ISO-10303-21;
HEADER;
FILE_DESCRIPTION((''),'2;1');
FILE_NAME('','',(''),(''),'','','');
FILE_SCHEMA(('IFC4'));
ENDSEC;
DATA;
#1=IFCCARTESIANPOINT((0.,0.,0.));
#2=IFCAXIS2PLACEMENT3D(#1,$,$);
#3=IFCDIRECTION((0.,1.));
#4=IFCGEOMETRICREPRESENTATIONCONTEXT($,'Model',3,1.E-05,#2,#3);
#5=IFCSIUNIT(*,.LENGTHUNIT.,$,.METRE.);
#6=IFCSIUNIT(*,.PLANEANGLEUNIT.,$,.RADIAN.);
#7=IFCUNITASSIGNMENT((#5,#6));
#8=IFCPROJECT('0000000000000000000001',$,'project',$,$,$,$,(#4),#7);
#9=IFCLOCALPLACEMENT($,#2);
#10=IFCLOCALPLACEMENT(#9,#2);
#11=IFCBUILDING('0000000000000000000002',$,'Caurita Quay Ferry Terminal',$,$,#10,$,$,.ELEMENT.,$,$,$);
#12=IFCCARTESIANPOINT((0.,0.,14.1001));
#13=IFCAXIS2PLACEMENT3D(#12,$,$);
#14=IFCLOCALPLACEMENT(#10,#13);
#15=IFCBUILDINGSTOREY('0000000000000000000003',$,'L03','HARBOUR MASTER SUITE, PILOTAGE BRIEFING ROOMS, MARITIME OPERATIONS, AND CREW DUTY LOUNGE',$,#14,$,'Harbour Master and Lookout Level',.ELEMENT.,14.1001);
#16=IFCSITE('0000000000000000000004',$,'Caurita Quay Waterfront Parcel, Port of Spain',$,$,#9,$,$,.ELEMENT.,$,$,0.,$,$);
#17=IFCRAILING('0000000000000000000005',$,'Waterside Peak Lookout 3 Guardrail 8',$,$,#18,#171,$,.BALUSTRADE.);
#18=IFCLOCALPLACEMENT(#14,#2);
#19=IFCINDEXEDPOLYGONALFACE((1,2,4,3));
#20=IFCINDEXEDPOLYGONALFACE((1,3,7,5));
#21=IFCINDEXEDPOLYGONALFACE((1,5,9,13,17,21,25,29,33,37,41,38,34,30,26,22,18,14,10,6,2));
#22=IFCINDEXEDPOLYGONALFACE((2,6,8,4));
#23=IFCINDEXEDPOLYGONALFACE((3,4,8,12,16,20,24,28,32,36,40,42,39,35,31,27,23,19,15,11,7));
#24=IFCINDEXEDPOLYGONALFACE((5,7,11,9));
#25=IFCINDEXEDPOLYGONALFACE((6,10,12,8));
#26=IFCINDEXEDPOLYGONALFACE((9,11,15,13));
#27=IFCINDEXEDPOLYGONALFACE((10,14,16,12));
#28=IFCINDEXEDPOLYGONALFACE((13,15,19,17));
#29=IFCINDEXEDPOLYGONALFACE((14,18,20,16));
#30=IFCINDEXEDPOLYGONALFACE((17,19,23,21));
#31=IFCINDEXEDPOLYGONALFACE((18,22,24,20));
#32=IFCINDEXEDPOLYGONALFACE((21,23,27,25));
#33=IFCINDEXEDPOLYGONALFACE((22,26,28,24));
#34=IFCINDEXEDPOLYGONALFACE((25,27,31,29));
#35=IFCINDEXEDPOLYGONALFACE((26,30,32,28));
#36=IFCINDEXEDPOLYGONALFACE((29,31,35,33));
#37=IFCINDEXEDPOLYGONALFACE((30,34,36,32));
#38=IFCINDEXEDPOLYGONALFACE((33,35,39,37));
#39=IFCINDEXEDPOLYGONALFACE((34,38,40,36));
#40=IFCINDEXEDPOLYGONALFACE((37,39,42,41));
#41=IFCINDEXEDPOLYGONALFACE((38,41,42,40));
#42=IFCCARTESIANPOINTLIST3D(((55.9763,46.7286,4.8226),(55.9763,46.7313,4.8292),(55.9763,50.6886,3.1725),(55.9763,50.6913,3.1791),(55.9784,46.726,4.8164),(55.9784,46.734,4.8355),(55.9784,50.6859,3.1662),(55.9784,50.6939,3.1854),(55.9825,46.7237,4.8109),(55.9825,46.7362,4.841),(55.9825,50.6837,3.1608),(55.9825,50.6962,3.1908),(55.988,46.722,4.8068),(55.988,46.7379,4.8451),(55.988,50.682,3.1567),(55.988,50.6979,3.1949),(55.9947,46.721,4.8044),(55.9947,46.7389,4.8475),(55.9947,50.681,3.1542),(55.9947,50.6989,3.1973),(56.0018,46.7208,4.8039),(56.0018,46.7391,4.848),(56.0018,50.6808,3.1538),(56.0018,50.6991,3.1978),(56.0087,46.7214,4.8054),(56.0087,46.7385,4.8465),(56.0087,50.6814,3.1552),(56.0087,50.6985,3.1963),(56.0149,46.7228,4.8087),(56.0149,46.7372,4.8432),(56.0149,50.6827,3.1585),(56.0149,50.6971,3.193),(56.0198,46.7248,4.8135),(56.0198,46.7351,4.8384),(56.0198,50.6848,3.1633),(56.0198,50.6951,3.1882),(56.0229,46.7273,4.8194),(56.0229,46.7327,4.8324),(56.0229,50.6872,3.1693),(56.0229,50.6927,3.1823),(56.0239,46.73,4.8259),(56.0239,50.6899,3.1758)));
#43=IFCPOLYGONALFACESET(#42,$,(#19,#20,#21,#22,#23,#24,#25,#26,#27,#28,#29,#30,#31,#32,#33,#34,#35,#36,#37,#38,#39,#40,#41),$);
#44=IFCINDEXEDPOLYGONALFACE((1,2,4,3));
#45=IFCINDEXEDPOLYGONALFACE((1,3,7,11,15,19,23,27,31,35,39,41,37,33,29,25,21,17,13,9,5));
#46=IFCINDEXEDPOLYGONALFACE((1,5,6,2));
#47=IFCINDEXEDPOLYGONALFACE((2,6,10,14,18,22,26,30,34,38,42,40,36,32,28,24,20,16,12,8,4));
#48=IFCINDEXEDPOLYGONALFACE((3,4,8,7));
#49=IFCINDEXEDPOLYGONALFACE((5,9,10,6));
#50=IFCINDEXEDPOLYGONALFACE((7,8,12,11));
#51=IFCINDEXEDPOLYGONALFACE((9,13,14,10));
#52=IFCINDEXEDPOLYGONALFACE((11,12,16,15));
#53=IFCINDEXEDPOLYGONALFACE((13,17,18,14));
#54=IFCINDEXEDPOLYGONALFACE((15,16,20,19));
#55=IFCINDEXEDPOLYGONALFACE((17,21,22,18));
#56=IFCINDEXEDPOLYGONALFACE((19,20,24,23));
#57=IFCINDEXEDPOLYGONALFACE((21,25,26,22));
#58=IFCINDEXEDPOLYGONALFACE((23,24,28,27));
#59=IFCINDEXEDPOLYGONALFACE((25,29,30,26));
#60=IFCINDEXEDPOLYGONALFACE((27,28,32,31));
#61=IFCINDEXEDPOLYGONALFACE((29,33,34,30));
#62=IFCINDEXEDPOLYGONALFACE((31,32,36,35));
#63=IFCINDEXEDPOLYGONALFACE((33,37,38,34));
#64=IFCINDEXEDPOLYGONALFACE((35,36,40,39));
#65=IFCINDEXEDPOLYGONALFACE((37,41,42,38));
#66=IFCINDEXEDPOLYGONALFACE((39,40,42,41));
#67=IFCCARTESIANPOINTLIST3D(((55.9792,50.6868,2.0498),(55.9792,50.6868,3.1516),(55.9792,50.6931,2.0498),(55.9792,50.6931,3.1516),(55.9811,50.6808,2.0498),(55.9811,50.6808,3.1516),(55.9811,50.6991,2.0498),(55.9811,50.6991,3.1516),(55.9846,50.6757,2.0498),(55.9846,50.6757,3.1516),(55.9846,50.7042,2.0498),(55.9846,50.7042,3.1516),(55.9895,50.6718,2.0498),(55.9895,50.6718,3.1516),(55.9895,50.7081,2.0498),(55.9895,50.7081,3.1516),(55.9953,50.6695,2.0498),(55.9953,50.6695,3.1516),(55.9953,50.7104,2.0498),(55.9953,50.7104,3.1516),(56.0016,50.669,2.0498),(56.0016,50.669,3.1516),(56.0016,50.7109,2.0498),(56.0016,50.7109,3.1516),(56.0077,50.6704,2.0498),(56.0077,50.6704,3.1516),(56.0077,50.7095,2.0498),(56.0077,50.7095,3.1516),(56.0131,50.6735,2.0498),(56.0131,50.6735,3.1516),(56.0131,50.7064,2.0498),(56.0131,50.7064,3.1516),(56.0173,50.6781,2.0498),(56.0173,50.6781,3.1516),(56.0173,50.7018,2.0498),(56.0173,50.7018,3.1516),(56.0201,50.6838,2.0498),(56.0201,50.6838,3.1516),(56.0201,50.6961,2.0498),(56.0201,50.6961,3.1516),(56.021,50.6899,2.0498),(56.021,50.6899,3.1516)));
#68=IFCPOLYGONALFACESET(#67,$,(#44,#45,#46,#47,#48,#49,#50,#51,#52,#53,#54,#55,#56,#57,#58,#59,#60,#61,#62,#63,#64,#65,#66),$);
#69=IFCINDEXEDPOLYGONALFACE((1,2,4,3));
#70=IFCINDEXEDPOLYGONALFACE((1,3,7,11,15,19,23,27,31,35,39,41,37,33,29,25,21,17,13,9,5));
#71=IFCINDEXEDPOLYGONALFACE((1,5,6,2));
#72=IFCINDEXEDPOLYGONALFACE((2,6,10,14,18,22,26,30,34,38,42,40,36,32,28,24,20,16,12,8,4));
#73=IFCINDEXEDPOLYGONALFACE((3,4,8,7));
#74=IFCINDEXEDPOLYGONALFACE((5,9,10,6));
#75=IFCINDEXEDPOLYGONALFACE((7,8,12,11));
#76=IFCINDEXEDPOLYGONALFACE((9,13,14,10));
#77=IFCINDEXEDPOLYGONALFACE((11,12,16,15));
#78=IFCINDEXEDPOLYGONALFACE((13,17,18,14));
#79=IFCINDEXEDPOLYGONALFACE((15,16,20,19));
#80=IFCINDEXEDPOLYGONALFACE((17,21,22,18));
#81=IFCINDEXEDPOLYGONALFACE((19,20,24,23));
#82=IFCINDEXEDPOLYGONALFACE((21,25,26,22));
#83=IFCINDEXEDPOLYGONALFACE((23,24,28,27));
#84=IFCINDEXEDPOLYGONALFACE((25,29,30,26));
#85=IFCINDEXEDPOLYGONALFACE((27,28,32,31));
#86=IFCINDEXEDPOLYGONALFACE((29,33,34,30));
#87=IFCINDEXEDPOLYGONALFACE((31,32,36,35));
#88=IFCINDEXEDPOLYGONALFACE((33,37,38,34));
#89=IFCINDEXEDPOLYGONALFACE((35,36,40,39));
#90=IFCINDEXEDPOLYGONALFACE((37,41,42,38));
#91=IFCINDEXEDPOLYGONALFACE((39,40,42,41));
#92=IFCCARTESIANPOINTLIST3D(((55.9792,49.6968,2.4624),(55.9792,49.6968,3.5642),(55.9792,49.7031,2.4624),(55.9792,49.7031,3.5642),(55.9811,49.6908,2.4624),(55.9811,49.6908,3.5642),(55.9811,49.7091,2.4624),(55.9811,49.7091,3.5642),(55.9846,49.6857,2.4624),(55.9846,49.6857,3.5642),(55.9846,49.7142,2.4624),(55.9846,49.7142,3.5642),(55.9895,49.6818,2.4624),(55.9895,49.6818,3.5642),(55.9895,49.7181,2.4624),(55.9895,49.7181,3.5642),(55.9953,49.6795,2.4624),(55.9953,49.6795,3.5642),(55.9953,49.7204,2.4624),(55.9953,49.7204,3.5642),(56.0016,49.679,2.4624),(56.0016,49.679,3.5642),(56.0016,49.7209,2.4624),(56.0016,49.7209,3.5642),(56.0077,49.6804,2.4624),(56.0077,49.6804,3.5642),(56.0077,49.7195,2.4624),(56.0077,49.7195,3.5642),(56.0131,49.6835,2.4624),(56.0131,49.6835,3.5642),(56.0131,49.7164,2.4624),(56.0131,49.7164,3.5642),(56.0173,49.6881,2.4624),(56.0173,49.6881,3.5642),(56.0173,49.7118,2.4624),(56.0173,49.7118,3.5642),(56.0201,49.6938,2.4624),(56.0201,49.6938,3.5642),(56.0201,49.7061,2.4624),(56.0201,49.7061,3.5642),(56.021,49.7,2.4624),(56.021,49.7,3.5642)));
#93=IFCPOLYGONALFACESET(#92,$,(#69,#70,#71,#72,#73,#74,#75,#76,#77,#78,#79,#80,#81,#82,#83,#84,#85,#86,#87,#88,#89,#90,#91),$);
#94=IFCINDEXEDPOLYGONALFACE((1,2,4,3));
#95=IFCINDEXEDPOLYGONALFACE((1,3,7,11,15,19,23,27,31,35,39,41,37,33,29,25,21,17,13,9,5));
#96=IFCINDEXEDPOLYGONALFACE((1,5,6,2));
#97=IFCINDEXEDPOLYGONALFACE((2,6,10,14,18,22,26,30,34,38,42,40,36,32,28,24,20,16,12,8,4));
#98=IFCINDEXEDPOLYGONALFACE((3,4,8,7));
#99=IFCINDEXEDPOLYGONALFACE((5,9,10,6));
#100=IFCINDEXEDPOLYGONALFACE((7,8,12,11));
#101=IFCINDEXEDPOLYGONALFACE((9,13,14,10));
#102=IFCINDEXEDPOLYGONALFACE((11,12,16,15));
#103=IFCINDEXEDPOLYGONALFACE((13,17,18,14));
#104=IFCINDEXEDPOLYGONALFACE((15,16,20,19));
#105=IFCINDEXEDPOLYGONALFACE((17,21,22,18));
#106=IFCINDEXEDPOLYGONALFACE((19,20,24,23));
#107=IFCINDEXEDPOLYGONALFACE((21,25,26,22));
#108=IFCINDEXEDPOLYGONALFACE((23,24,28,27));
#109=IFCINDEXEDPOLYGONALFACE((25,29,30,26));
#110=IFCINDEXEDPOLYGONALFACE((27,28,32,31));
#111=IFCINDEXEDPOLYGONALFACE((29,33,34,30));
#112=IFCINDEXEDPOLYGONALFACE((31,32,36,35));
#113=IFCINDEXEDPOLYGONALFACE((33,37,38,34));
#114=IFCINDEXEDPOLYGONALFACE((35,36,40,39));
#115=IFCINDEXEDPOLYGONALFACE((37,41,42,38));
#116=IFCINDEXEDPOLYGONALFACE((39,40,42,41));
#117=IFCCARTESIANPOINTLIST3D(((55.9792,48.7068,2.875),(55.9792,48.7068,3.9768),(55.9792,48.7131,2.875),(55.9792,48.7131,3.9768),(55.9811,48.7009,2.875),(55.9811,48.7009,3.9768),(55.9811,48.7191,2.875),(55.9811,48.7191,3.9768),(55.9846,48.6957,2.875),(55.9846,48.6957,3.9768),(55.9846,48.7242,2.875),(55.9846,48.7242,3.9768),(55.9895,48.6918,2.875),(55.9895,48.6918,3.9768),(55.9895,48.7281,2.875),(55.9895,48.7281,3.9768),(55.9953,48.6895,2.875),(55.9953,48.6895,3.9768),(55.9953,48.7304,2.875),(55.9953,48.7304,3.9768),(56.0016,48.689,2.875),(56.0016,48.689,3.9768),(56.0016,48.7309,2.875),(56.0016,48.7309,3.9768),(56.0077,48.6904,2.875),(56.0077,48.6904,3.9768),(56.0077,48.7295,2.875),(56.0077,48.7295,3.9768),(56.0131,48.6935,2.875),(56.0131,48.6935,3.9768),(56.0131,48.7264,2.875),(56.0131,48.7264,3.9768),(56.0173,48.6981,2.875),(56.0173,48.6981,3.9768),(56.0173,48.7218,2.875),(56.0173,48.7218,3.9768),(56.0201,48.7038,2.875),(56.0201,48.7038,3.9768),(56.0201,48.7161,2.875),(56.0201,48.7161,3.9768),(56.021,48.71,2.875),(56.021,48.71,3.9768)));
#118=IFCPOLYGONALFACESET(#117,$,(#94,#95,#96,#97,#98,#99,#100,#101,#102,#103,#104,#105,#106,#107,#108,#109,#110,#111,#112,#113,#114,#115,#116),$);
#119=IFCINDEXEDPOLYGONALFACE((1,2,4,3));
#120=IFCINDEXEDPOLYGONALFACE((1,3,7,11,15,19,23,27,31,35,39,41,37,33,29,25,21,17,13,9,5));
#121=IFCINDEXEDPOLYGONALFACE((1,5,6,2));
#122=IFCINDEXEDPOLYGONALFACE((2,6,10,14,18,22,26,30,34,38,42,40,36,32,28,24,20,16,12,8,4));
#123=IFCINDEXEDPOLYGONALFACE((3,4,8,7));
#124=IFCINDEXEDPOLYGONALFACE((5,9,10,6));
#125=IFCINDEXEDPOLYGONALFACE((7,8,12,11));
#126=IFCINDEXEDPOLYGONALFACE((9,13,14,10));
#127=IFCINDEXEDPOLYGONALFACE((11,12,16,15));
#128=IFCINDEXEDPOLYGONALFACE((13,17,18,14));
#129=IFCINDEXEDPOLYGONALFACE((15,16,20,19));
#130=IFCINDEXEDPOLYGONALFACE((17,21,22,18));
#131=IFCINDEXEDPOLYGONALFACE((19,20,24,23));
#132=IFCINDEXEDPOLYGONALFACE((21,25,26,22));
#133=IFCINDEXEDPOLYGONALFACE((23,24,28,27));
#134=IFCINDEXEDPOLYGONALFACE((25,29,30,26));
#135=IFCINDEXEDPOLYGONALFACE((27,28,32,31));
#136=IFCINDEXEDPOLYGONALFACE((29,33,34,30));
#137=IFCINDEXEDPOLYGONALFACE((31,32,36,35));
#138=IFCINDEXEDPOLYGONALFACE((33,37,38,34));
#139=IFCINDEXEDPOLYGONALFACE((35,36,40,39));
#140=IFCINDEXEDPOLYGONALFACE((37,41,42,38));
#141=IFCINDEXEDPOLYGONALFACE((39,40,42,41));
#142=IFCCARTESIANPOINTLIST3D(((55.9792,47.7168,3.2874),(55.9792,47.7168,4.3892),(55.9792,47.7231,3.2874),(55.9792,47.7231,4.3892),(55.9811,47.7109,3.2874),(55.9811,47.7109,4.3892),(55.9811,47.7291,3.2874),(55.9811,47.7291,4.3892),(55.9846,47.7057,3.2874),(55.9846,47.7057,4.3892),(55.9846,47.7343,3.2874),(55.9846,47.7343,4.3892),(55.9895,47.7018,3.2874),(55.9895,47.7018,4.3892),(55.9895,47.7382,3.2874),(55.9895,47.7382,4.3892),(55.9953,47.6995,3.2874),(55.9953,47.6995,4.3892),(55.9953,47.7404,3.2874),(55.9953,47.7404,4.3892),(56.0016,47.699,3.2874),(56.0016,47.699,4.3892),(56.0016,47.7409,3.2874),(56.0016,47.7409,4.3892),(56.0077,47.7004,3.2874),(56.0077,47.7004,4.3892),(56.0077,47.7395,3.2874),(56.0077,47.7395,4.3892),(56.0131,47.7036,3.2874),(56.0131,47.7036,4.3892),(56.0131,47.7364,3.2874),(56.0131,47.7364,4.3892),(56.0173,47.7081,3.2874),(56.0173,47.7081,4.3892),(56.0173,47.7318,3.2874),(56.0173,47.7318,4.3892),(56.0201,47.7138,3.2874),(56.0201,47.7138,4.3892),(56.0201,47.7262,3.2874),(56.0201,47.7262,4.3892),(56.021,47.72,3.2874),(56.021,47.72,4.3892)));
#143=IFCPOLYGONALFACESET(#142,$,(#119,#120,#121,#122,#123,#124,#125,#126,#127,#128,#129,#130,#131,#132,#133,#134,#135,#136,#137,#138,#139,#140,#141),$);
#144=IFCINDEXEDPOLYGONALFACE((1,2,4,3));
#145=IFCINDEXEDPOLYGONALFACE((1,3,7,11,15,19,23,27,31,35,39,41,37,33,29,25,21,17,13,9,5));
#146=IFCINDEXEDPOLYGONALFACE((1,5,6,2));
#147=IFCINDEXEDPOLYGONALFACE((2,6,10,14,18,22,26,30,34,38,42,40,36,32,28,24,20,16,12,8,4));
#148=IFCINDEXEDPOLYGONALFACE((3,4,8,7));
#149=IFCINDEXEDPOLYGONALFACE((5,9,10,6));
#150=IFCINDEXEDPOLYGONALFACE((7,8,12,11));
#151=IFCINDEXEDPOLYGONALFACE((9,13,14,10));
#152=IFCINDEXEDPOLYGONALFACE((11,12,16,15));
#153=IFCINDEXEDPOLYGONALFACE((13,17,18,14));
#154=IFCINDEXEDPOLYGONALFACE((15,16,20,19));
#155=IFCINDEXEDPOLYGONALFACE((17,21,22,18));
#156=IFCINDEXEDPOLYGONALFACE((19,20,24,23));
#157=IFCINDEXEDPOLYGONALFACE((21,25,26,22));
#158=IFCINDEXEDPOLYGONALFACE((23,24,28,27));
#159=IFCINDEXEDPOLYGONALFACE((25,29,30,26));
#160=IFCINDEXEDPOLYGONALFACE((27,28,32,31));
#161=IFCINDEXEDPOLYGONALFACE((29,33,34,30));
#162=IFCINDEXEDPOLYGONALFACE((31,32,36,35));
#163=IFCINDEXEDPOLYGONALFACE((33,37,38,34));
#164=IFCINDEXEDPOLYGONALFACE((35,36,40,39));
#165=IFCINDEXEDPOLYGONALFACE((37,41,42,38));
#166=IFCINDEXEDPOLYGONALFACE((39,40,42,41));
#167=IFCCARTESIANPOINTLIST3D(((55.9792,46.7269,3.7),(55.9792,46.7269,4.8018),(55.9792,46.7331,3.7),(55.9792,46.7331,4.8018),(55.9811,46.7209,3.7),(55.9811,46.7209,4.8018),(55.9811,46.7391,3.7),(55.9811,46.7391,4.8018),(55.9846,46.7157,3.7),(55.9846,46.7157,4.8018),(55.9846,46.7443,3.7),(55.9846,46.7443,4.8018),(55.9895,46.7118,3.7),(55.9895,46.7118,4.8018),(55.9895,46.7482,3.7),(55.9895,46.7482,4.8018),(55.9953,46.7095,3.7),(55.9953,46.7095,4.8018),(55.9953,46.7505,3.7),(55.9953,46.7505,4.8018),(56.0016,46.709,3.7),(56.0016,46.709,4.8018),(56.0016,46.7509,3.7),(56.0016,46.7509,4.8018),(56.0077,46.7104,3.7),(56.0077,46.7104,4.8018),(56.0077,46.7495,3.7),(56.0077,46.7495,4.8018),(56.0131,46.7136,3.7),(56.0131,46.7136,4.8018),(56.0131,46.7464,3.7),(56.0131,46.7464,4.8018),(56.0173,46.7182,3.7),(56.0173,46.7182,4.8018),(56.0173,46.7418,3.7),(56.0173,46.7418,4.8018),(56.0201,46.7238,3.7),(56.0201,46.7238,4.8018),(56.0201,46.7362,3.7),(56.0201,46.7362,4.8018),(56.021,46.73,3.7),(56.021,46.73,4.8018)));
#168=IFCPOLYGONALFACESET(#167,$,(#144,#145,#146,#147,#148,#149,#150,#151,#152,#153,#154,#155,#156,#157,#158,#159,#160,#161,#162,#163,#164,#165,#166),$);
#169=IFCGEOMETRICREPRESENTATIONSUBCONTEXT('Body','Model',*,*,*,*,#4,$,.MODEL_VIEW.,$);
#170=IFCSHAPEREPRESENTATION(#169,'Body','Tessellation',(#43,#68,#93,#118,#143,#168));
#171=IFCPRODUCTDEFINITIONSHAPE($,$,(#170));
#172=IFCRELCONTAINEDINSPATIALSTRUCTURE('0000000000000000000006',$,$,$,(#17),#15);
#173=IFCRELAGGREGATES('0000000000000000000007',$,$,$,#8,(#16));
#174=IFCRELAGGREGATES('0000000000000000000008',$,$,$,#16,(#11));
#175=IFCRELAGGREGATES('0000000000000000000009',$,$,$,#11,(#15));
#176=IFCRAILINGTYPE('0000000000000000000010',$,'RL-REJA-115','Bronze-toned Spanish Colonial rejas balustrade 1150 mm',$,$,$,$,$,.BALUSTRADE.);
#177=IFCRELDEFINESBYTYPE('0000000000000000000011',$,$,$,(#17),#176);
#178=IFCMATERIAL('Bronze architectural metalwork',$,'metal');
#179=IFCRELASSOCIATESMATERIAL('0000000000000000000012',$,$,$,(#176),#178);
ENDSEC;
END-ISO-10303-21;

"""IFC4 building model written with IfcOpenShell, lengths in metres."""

from ifc_helpers import new_model, si_unit, direction, frame, origin, origin_2d, place, context, subcontext, project, spatial, circle, extrude, material, type_object, element, save


model = new_model("IFC4")

# Units and contexts
model_context = context("Model", 3, precision=1e-05, world=origin(), true_north=direction((0.0, 1.0)))
body_context = subcontext(model_context, "Body", "Model", "MODEL_VIEW")
ifc_project = project(units=[si_unit("LENGTHUNIT", "METRE"), si_unit("PLANEANGLEUNIT", "RADIAN")], contexts=[model_context])

# Site, building, storey
site_placement = place(None, origin())
site = spatial("IfcSite", under=ifc_project, at=site_placement, Name="Caurita Quay Waterfront Parcel, Port of Spain", CompositionType="ELEMENT", RefElevation=0.0)
building_placement = place(site_placement, origin())
building = spatial("IfcBuilding", under=site, at=building_placement, Name="Caurita Quay Ferry Terminal", CompositionType="ELEMENT")
storey_placement = place(building_placement, frame((0.0, 0.0, 14.1001)))
storey = spatial("IfcBuildingStorey", under=building, at=storey_placement, Name="L03", Description="HARBOUR MASTER SUITE, PILOTAGE BRIEFING ROOMS, MARITIME OPERATIONS, AND CREW DUTY LOUNGE", LongName="Harbour Master and Lookout Level", CompositionType="ELEMENT", Elevation=14.1001)

# Railing
ifc_material_1 = material(Name="Bronze architectural metalwork", Category="metal")
railing_type_1 = type_object("IfcRailingType", Name="RL-REJA-115", Description="Bronze-toned Spanish Colonial rejas balustrade 1150 mm", PredefinedType="BALUSTRADE", material=ifc_material_1)
railing_1_placement = place(storey_placement, frame((56.0, 50.6899, 2.0498)))
element("IfcRailing", 1, at=railing_1_placement, inside=storey, type_object=railing_type_1, Name="Waterside Peak Lookout 3 Guardrail 8", PredefinedType="BALUSTRADE", context=body_context, shape_type="SweptSolid", body=[
    extrude(circle(Radius=0.0239, at=origin_2d()), frame((0.0, 0.0, 1.126), z_axis=(0.0, -0.923063, 0.384648), x_axis=(1.0, 0.0, 0.0)), (0.0, 0.0, 1.0), 4.29),
    extrude(circle(Radius=0.021, at=origin_2d()), origin(), (0.0, 0.0, 1.0), 1.1018),
    extrude(circle(Radius=0.021, at=origin_2d()), frame((0.0, -0.99, 0.4126)), (0.0, 0.0, 1.0), 1.1018),
    extrude(circle(Radius=0.021, at=origin_2d()), frame((0.0, -1.98, 0.8252)), (0.0, 0.0, 1.0), 1.1018),
    extrude(circle(Radius=0.021, at=origin_2d()), frame((0.0, -2.97, 1.2375)), (0.0, 0.0, 1.0), 1.1018),
    extrude(circle(Radius=0.021, at=origin_2d()), frame((0.0, -3.96, 1.6501)), (0.0, 0.0, 1.0), 1.1018),
])

save(model, "model.ifc")
